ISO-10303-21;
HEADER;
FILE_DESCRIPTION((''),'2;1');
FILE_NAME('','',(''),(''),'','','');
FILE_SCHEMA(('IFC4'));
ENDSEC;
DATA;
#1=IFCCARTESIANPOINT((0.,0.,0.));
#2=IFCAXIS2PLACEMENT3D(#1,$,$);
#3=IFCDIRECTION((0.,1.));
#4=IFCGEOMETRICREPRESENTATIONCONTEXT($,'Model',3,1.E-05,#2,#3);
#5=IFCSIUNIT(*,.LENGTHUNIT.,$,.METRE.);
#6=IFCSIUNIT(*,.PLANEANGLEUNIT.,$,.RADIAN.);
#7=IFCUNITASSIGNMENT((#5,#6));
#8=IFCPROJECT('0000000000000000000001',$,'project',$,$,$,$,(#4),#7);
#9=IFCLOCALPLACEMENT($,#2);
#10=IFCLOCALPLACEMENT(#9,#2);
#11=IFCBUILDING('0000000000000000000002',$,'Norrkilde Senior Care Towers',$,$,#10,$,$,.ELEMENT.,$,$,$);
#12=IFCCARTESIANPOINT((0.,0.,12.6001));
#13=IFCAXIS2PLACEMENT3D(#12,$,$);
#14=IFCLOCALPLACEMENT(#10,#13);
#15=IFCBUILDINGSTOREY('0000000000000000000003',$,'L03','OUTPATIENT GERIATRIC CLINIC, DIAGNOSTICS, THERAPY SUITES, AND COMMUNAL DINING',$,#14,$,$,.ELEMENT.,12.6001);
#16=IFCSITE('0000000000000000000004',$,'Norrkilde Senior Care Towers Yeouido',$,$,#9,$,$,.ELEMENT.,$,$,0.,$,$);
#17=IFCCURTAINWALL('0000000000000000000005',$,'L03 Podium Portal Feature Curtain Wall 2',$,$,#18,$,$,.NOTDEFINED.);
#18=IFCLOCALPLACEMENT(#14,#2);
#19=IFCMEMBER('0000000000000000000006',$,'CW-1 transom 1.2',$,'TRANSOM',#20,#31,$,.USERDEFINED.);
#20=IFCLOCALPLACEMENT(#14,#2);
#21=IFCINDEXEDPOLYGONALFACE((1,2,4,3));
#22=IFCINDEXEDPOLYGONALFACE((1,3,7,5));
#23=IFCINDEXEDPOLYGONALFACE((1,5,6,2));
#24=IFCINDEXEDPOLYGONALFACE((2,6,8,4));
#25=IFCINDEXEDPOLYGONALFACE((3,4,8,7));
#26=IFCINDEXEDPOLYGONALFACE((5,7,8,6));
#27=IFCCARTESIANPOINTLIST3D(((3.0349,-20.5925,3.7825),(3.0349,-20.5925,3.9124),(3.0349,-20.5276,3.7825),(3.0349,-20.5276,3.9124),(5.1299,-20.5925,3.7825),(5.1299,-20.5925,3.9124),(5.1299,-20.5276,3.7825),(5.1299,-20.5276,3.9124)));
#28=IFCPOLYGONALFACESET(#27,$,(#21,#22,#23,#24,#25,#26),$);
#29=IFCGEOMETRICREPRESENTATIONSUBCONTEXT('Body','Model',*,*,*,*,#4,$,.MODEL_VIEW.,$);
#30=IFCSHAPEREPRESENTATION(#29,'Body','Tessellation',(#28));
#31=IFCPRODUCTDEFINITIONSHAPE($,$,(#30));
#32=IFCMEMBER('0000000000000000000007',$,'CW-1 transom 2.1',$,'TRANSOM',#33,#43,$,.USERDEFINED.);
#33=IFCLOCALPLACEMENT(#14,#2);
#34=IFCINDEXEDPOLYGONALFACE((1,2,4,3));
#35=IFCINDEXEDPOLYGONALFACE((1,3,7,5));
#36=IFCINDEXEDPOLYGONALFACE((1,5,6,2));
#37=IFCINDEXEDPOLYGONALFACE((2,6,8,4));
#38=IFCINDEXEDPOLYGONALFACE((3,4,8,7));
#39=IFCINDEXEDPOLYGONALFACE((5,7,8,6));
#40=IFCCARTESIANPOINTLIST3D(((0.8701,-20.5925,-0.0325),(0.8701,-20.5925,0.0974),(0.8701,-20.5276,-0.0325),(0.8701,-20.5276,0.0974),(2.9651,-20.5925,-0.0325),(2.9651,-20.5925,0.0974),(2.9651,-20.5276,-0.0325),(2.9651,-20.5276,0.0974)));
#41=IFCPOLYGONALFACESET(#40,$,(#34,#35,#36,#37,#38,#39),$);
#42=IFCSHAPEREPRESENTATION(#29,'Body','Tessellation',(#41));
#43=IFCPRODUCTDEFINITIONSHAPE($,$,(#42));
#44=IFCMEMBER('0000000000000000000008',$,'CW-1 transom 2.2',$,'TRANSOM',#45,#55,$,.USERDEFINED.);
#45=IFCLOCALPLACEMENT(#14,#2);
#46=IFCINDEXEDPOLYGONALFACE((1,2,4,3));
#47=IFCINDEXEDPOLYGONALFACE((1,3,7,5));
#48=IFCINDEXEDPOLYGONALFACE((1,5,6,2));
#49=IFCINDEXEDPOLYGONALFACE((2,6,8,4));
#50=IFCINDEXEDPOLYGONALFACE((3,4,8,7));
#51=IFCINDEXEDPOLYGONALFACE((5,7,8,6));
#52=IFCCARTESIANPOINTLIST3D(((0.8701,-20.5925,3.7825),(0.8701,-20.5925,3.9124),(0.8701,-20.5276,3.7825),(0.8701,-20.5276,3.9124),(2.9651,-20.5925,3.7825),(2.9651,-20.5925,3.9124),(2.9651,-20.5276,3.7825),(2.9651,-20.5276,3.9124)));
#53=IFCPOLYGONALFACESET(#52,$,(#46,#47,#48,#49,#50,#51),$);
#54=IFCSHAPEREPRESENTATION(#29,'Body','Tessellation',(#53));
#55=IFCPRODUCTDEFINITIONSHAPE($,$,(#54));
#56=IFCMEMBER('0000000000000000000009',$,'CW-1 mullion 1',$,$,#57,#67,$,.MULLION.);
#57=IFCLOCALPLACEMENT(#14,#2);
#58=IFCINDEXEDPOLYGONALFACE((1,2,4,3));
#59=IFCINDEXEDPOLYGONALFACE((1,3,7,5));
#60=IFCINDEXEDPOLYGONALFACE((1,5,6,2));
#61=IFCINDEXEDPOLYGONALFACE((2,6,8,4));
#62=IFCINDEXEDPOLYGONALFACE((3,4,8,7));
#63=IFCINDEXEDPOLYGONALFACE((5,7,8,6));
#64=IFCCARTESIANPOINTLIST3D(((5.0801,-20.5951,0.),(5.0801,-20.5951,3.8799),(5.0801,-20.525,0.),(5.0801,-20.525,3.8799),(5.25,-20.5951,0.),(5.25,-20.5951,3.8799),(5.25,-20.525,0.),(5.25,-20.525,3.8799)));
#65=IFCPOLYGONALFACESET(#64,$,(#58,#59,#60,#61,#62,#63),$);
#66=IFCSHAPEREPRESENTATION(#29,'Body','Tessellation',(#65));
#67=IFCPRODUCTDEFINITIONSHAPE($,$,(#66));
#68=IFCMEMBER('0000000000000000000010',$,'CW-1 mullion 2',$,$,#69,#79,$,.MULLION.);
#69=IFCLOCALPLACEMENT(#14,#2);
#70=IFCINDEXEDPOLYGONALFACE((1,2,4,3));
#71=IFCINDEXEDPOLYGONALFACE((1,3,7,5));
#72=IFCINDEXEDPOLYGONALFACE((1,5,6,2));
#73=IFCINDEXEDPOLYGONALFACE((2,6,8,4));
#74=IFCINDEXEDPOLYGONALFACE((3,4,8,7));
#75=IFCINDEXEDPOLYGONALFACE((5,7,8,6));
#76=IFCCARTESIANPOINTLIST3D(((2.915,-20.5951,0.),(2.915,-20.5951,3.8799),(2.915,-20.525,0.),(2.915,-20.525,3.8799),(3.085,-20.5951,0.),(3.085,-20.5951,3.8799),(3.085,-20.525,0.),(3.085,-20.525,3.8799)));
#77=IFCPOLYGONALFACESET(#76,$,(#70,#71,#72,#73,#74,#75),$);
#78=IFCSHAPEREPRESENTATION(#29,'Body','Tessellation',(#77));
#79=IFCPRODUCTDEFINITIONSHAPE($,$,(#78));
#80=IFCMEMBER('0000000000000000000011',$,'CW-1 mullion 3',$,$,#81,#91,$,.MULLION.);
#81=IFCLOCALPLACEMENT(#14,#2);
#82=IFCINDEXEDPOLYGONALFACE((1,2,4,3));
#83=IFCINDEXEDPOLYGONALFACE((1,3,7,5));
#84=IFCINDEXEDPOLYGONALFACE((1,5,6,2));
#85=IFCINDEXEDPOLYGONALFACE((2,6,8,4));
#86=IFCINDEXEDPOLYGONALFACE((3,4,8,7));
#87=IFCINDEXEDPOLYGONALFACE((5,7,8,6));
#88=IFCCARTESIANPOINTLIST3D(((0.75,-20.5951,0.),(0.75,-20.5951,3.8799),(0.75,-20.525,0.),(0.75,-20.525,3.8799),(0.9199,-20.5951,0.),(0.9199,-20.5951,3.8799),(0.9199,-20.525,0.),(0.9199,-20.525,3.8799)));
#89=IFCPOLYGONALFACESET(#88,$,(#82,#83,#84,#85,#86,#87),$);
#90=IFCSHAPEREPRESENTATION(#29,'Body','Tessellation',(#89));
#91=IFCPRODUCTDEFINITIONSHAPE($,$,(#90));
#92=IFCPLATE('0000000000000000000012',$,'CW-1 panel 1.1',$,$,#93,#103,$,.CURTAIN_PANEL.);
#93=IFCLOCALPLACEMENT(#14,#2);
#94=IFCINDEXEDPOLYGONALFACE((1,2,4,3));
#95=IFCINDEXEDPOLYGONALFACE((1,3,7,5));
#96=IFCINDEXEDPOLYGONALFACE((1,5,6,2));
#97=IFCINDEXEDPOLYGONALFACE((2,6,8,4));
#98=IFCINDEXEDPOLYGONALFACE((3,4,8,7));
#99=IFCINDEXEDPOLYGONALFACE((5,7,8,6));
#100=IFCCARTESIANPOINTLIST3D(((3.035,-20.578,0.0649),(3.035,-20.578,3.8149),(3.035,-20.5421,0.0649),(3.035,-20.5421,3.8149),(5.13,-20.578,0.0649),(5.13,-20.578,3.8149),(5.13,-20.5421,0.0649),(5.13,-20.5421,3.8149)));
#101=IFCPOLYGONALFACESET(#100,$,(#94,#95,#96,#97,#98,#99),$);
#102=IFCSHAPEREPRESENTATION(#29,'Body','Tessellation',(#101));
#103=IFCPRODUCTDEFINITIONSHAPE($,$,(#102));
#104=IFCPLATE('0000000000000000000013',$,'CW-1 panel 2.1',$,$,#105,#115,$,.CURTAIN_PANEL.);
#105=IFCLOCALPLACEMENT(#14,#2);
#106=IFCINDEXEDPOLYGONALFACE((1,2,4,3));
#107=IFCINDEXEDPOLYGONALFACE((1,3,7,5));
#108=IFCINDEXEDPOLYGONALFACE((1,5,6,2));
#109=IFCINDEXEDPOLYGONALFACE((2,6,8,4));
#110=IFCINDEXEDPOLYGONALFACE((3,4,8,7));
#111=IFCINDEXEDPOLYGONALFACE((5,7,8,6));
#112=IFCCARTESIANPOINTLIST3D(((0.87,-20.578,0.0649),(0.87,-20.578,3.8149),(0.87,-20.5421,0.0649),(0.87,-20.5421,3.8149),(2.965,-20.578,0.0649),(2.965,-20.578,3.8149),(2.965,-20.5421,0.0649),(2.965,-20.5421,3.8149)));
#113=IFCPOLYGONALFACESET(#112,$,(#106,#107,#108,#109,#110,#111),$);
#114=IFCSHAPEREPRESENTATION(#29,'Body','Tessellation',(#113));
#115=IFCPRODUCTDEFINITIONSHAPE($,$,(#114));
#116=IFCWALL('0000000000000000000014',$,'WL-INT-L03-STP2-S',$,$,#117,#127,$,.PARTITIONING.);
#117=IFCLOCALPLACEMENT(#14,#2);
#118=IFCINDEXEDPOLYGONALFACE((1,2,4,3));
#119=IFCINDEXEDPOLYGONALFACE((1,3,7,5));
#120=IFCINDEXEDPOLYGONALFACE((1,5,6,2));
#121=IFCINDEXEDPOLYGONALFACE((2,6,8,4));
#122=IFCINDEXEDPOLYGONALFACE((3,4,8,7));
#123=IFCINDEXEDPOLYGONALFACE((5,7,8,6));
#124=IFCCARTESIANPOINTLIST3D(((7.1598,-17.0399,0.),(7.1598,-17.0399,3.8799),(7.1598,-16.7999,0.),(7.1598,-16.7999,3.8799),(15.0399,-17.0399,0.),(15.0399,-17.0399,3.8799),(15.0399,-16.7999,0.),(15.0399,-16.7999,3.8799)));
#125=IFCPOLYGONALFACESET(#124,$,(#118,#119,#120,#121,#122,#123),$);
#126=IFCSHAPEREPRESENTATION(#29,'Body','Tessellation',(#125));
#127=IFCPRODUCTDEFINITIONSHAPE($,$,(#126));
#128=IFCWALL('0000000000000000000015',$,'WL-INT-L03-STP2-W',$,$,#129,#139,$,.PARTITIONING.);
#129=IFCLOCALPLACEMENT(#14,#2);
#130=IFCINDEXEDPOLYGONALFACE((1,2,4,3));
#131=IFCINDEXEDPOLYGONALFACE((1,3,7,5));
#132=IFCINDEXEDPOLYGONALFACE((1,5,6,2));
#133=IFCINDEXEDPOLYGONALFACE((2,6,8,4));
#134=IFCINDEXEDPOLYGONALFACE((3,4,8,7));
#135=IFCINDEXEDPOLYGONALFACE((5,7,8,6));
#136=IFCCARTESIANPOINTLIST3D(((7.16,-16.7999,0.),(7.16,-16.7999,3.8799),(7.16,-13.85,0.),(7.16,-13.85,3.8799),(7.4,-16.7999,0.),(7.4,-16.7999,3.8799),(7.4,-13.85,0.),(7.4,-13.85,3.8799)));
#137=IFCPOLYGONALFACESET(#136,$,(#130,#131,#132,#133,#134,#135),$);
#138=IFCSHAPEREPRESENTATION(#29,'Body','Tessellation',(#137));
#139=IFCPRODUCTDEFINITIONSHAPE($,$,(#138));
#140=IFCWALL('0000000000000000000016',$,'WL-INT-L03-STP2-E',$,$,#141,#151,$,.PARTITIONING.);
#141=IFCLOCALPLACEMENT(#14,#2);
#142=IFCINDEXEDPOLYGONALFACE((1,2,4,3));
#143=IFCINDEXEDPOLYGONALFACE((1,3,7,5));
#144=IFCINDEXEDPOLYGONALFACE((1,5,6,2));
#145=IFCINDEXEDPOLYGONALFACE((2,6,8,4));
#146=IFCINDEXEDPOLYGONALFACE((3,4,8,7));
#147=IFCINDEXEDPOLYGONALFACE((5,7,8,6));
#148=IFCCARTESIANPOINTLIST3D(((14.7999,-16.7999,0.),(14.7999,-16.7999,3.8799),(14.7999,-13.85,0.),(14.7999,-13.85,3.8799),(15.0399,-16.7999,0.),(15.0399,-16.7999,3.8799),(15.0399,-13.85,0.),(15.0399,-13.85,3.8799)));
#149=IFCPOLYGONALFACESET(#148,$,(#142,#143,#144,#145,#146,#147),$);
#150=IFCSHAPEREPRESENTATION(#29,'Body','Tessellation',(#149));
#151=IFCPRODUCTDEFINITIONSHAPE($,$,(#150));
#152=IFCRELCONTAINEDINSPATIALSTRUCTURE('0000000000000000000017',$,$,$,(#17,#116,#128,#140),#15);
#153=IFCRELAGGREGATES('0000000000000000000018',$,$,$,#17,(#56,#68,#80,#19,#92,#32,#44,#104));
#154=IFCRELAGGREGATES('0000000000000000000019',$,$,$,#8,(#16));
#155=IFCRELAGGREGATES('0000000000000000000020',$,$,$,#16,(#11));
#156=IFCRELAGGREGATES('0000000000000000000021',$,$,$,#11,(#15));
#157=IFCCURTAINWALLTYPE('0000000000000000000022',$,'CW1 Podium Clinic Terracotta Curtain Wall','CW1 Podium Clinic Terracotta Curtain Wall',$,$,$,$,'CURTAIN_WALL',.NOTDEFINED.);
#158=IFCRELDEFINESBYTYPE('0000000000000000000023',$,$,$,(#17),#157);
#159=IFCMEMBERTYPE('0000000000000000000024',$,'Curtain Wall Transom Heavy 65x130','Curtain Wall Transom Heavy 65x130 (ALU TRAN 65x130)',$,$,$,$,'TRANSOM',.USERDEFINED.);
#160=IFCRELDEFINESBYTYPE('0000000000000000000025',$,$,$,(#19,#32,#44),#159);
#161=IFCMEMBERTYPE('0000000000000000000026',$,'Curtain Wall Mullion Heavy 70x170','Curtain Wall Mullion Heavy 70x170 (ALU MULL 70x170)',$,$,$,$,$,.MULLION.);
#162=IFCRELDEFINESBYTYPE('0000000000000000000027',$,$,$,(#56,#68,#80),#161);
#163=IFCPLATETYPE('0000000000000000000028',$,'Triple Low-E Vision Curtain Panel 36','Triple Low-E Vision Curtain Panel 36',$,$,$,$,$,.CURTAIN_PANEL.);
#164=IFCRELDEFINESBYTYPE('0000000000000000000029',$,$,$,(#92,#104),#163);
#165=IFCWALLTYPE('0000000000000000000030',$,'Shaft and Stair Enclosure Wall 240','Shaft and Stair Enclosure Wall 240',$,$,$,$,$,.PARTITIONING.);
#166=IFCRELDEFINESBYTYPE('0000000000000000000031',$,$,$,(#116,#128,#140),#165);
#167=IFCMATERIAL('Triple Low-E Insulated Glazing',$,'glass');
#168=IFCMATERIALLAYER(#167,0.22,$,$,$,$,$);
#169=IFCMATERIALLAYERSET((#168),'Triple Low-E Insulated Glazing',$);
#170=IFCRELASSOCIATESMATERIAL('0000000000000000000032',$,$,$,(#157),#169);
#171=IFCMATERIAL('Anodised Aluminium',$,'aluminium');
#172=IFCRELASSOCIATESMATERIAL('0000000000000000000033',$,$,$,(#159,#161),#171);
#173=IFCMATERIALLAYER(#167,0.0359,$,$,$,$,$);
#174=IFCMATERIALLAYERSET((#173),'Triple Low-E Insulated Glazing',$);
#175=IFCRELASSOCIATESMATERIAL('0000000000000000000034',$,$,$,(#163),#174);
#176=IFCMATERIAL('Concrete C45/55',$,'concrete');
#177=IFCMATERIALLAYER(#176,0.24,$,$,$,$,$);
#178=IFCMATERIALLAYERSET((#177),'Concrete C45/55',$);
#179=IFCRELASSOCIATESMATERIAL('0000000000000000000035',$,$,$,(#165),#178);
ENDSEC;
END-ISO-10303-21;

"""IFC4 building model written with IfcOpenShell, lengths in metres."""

from ifc_helpers import new_model, si_unit, direction, frame, frame_2d, origin, origin_2d, place, context, subcontext, project, spatial, rectangle, extrude, source, transform, mapped, material, layer, layer_set, material_profile, profile_set, type_object, type_shapes, element, aggregate, save


model = new_model("IFC4")

# Units and contexts
model_context = context("Model", 3, precision=1e-05, world=origin(), true_north=direction((0.0, 1.0)))
body_context = subcontext(model_context, "Body", "Model", "MODEL_VIEW")
ifc_project = project(units=[si_unit("LENGTHUNIT", "METRE"), si_unit("PLANEANGLEUNIT", "RADIAN")], contexts=[model_context])

# Site, building, storey
site_placement = place(None, origin())
site = spatial("IfcSite", under=ifc_project, at=site_placement, Name="Norrkilde Senior Care Towers Yeouido", CompositionType="ELEMENT", RefElevation=0.0)
building_placement = place(site_placement, origin())
building = spatial("IfcBuilding", under=site, at=building_placement, Name="Norrkilde Senior Care Towers", CompositionType="ELEMENT")
storey_placement = place(building_placement, frame((0.0, 0.0, 12.6001)))
storey = spatial("IfcBuildingStorey", under=building, at=storey_placement, Name="L03", Description="OUTPATIENT GERIATRIC CLINIC, DIAGNOSTICS, THERAPY SUITES, AND COMMUNAL DINING", CompositionType="ELEMENT", Elevation=12.6001)

# Curtain wall, members, plates
ifc_material_1 = material(Name="Triple Low-E Insulated Glazing", Category="glass")
ifc_layer_1 = layer(ifc_material_1, 0.22)
ifc_layer_set_1 = layer_set([ifc_layer_1], Name="Triple Low-E Insulated Glazing")
curtain_wall_type = type_object("IfcCurtainWallType", Name="CW1 Podium Clinic Terracotta Curtain Wall", Description="CW1 Podium Clinic Terracotta Curtain Wall", ElementType="CURTAIN_WALL", PredefinedType="NOTDEFINED", material=ifc_layer_set_1)
curtain_wall_placement = place(storey_placement, origin())
curtain_wall = element("IfcCurtainWall", 1, at=curtain_wall_placement, inside=storey, type_object=curtain_wall_type, Name="L03 Podium Portal Feature Curtain Wall 2", PredefinedType="NOTDEFINED")
ifc_material_2 = material(Name="Anodised Aluminium", Category="aluminium")
ifc_material_profile_1 = material_profile(ifc_material_2, rectangle(XDim=0.0649, YDim=0.1299, at=origin_2d()), Name="ALU TRAN 65x130")
ifc_profile_set_1 = profile_set([ifc_material_profile_1], Name="Anodised Aluminium")
member_type_1 = type_object("IfcMemberType", Name="Curtain Wall Transom Heavy 65x130", Description="Curtain Wall Transom Heavy 65x130 (ALU TRAN 65x130)", ElementType="TRANSOM", PredefinedType="USERDEFINED", material=ifc_profile_set_1)
shared_shape_1 = source(origin(), body_context, "Body", "SweptSolid", [
    extrude(rectangle(XDim=0.0649, YDim=0.1299, at=origin_2d()), origin(), (0.0, 0.0, 1.0), 2.095),
])
type_shapes(member_type_1, [shared_shape_1])
member_1_placement = place(storey_placement, frame((5.1299, -20.5601, 3.8474), z_axis=(-1.0, 0.0, 0.0), x_axis=(0.0, -1.0, 0.0)))
member_1 = element("IfcMember", 2, at=member_1_placement, type_object=member_type_1, Name="CW-1 transom 1.2", ObjectType="TRANSOM", PredefinedType="USERDEFINED", context=body_context, shape_type="MappedRepresentation", body=[
    mapped(shared_shape_1, transform((0.0, 0.0, 0.0), x_axis=(1.0, 0.0, 0.0), y_axis=(0.0, 1.0, 0.0), z_axis=(0.0, 0.0, 1.0), scale=1.0)),
])
member_2_placement = place(storey_placement, frame((2.9651, -20.5601, 0.0325), z_axis=(-1.0, 0.0, 0.0), x_axis=(0.0, -1.0, 0.0)))
member_2 = element("IfcMember", 3, at=member_2_placement, type_object=member_type_1, Name="CW-1 transom 2.1", ObjectType="TRANSOM", PredefinedType="USERDEFINED", context=body_context, shape_type="MappedRepresentation", body=[
    mapped(shared_shape_1, transform((0.0, 0.0, 0.0), x_axis=(1.0, 0.0, 0.0), y_axis=(0.0, 1.0, 0.0), z_axis=(0.0, 0.0, 1.0), scale=1.0)),
])
member_3_placement = place(storey_placement, frame((2.9651, -20.5601, 3.8474), z_axis=(-1.0, 0.0, 0.0), x_axis=(0.0, -1.0, 0.0)))
member_3 = element("IfcMember", 4, at=member_3_placement, type_object=member_type_1, Name="CW-1 transom 2.2", ObjectType="TRANSOM", PredefinedType="USERDEFINED", context=body_context, shape_type="MappedRepresentation", body=[
    mapped(shared_shape_1, transform((0.0, 0.0, 0.0), x_axis=(1.0, 0.0, 0.0), y_axis=(0.0, 1.0, 0.0), z_axis=(0.0, 0.0, 1.0), scale=1.0)),
])
ifc_material_profile_2 = material_profile(ifc_material_2, rectangle(XDim=0.0701, YDim=0.1699, at=origin_2d()), Name="ALU MULL 70x170")
ifc_profile_set_2 = profile_set([ifc_material_profile_2], Name="Anodised Aluminium")
member_type_2 = type_object("IfcMemberType", Name="Curtain Wall Mullion Heavy 70x170", Description="Curtain Wall Mullion Heavy 70x170 (ALU MULL 70x170)", PredefinedType="MULLION", material=ifc_profile_set_2)
shared_shape_2 = source(origin(), body_context, "Body", "SweptSolid", [
    extrude(rectangle(XDim=0.0701, YDim=0.1699, at=origin_2d()), origin(), (0.0, 0.0, 1.0), 3.8799),
])
type_shapes(member_type_2, [shared_shape_2])
member_4_placement = place(storey_placement, frame((5.165, -20.5601, 0.0), z_axis=(0.0, 0.0, 1.0), x_axis=(0.0, -1.0, 0.0)))
member_4 = element("IfcMember", 5, at=member_4_placement, type_object=member_type_2, Name="CW-1 mullion 1", PredefinedType="MULLION", context=body_context, shape_type="MappedRepresentation", body=[
    mapped(shared_shape_2, transform((0.0, 0.0, 0.0), x_axis=(1.0, 0.0, 0.0), y_axis=(0.0, 1.0, 0.0), z_axis=(0.0, 0.0, 1.0), scale=1.0)),
])
member_5_placement = place(storey_placement, frame((3.0, -20.5601, 0.0), z_axis=(0.0, 0.0, 1.0), x_axis=(0.0, -1.0, 0.0)))
member_5 = element("IfcMember", 6, at=member_5_placement, type_object=member_type_2, Name="CW-1 mullion 2", PredefinedType="MULLION", context=body_context, shape_type="MappedRepresentation", body=[
    mapped(shared_shape_2, transform((0.0, 0.0, 0.0), x_axis=(1.0, 0.0, 0.0), y_axis=(0.0, 1.0, 0.0), z_axis=(0.0, 0.0, 1.0), scale=1.0)),
])
member_6_placement = place(storey_placement, frame((0.835, -20.5601, 0.0), z_axis=(0.0, 0.0, 1.0), x_axis=(0.0, -1.0, 0.0)))
member_6 = element("IfcMember", 7, at=member_6_placement, type_object=member_type_2, Name="CW-1 mullion 3", PredefinedType="MULLION", context=body_context, shape_type="MappedRepresentation", body=[
    mapped(shared_shape_2, transform((0.0, 0.0, 0.0), x_axis=(1.0, 0.0, 0.0), y_axis=(0.0, 1.0, 0.0), z_axis=(0.0, 0.0, 1.0), scale=1.0)),
])
ifc_layer_2 = layer(ifc_material_1, 0.0359)
ifc_layer_set_2 = layer_set([ifc_layer_2], Name="Triple Low-E Insulated Glazing")
plate_type = type_object("IfcPlateType", Name="Triple Low-E Vision Curtain Panel 36", Description="Triple Low-E Vision Curtain Panel 36", PredefinedType="CURTAIN_PANEL", material=ifc_layer_set_2)
shared_shape_3 = source(origin(), body_context, "Body", "SweptSolid", [
    extrude(rectangle(XDim=2.095, YDim=0.0359, at=origin_2d()), origin(), (0.0, 0.0, 1.0), 3.75),
])
type_shapes(plate_type, [shared_shape_3])
plate_1_placement = place(storey_placement, frame((4.0825, -20.5601, 0.0649), z_axis=(0.0, 0.0, 1.0), x_axis=(-1.0, 0.0, 0.0)))
plate_1 = element("IfcPlate", 8, at=plate_1_placement, type_object=plate_type, Name="CW-1 panel 1.1", PredefinedType="CURTAIN_PANEL", context=body_context, shape_type="MappedRepresentation", body=[
    mapped(shared_shape_3, transform((0.0, 0.0, 0.0), x_axis=(1.0, 0.0, 0.0), y_axis=(0.0, 1.0, 0.0), z_axis=(0.0, 0.0, 1.0), scale=1.0)),
])
plate_2_placement = place(storey_placement, frame((1.9175, -20.5601, 0.0649), z_axis=(0.0, 0.0, 1.0), x_axis=(-1.0, 0.0, 0.0)))
plate_2 = element("IfcPlate", 9, at=plate_2_placement, type_object=plate_type, Name="CW-1 panel 2.1", PredefinedType="CURTAIN_PANEL", context=body_context, shape_type="MappedRepresentation", body=[
    mapped(shared_shape_3, transform((0.0, 0.0, 0.0), x_axis=(1.0, 0.0, 0.0), y_axis=(0.0, 1.0, 0.0), z_axis=(0.0, 0.0, 1.0), scale=1.0)),
])
aggregate(curtain_wall, [member_4, member_5, member_6, member_1, plate_1, member_2, member_3, plate_2])

# Walls
ifc_material_3 = material(Name="Concrete C45/55", Category="concrete")
ifc_layer_3 = layer(ifc_material_3, 0.24)
ifc_layer_set_3 = layer_set([ifc_layer_3], Name="Concrete C45/55")
wall_type = type_object("IfcWallType", Name="Shaft and Stair Enclosure Wall 240", Description="Shaft and Stair Enclosure Wall 240", PredefinedType="PARTITIONING", material=ifc_layer_set_3)
shared_shape_4 = source(origin(), body_context, "Body", "SweptSolid", [
    extrude(rectangle(XDim=7.8801, YDim=0.24, at=frame_2d((3.9399, 0.0))), origin(), (0.0, 0.0, 1.0), 3.8799),
])
wall_placement = place(storey_placement, frame((7.1599, -16.9199, 0.0), z_axis=(0.0, 0.0, 1.0), x_axis=(1.0, 0.0, 0.0)))
element("IfcWall", 10, at=wall_placement, inside=storey, type_object=wall_type, Name="WL-INT-L03-STP2-S", PredefinedType="PARTITIONING", context=body_context, shape_type="MappedRepresentation", body=[
    mapped(shared_shape_4, transform((0.0, 0.0, 0.0), x_axis=(1.0, 0.0, 0.0), y_axis=(0.0, 1.0, 0.0), z_axis=(0.0, 0.0, 1.0), scale=1.0)),
])
shared_shape_5 = source(origin(), body_context, "Body", "SweptSolid", [
    extrude(rectangle(XDim=2.95, YDim=0.24, at=frame_2d((1.4751, 0.0))), origin(), (0.0, 0.0, 1.0), 3.8799),
])
type_shapes(wall_type, [shared_shape_4, shared_shape_5])
for number, where, z_axis, x_axis, name in (
    (11, (7.28, -16.8, 0.0), (0.0, 0.0, 1.0), (0.0, 1.0, 0.0), "WL-INT-L03-STP2-W"),
    (12, (14.9199, -16.8, 0.0), (0.0, 0.0, 1.0), (0.0, 1.0, 0.0), "WL-INT-L03-STP2-E"),
):
    element("IfcWall", number, at=place(storey_placement, frame(where, z_axis=z_axis, x_axis=x_axis)), inside=storey, type_object=wall_type, Name=name, PredefinedType="PARTITIONING", context=body_context, shape_type="MappedRepresentation", body=[
        mapped(shared_shape_5, transform((0.0, 0.0, 0.0), x_axis=(1.0, 0.0, 0.0), y_axis=(0.0, 1.0, 0.0), z_axis=(0.0, 0.0, 1.0), scale=1.0)),
    ])

save(model, "model.ifc")
